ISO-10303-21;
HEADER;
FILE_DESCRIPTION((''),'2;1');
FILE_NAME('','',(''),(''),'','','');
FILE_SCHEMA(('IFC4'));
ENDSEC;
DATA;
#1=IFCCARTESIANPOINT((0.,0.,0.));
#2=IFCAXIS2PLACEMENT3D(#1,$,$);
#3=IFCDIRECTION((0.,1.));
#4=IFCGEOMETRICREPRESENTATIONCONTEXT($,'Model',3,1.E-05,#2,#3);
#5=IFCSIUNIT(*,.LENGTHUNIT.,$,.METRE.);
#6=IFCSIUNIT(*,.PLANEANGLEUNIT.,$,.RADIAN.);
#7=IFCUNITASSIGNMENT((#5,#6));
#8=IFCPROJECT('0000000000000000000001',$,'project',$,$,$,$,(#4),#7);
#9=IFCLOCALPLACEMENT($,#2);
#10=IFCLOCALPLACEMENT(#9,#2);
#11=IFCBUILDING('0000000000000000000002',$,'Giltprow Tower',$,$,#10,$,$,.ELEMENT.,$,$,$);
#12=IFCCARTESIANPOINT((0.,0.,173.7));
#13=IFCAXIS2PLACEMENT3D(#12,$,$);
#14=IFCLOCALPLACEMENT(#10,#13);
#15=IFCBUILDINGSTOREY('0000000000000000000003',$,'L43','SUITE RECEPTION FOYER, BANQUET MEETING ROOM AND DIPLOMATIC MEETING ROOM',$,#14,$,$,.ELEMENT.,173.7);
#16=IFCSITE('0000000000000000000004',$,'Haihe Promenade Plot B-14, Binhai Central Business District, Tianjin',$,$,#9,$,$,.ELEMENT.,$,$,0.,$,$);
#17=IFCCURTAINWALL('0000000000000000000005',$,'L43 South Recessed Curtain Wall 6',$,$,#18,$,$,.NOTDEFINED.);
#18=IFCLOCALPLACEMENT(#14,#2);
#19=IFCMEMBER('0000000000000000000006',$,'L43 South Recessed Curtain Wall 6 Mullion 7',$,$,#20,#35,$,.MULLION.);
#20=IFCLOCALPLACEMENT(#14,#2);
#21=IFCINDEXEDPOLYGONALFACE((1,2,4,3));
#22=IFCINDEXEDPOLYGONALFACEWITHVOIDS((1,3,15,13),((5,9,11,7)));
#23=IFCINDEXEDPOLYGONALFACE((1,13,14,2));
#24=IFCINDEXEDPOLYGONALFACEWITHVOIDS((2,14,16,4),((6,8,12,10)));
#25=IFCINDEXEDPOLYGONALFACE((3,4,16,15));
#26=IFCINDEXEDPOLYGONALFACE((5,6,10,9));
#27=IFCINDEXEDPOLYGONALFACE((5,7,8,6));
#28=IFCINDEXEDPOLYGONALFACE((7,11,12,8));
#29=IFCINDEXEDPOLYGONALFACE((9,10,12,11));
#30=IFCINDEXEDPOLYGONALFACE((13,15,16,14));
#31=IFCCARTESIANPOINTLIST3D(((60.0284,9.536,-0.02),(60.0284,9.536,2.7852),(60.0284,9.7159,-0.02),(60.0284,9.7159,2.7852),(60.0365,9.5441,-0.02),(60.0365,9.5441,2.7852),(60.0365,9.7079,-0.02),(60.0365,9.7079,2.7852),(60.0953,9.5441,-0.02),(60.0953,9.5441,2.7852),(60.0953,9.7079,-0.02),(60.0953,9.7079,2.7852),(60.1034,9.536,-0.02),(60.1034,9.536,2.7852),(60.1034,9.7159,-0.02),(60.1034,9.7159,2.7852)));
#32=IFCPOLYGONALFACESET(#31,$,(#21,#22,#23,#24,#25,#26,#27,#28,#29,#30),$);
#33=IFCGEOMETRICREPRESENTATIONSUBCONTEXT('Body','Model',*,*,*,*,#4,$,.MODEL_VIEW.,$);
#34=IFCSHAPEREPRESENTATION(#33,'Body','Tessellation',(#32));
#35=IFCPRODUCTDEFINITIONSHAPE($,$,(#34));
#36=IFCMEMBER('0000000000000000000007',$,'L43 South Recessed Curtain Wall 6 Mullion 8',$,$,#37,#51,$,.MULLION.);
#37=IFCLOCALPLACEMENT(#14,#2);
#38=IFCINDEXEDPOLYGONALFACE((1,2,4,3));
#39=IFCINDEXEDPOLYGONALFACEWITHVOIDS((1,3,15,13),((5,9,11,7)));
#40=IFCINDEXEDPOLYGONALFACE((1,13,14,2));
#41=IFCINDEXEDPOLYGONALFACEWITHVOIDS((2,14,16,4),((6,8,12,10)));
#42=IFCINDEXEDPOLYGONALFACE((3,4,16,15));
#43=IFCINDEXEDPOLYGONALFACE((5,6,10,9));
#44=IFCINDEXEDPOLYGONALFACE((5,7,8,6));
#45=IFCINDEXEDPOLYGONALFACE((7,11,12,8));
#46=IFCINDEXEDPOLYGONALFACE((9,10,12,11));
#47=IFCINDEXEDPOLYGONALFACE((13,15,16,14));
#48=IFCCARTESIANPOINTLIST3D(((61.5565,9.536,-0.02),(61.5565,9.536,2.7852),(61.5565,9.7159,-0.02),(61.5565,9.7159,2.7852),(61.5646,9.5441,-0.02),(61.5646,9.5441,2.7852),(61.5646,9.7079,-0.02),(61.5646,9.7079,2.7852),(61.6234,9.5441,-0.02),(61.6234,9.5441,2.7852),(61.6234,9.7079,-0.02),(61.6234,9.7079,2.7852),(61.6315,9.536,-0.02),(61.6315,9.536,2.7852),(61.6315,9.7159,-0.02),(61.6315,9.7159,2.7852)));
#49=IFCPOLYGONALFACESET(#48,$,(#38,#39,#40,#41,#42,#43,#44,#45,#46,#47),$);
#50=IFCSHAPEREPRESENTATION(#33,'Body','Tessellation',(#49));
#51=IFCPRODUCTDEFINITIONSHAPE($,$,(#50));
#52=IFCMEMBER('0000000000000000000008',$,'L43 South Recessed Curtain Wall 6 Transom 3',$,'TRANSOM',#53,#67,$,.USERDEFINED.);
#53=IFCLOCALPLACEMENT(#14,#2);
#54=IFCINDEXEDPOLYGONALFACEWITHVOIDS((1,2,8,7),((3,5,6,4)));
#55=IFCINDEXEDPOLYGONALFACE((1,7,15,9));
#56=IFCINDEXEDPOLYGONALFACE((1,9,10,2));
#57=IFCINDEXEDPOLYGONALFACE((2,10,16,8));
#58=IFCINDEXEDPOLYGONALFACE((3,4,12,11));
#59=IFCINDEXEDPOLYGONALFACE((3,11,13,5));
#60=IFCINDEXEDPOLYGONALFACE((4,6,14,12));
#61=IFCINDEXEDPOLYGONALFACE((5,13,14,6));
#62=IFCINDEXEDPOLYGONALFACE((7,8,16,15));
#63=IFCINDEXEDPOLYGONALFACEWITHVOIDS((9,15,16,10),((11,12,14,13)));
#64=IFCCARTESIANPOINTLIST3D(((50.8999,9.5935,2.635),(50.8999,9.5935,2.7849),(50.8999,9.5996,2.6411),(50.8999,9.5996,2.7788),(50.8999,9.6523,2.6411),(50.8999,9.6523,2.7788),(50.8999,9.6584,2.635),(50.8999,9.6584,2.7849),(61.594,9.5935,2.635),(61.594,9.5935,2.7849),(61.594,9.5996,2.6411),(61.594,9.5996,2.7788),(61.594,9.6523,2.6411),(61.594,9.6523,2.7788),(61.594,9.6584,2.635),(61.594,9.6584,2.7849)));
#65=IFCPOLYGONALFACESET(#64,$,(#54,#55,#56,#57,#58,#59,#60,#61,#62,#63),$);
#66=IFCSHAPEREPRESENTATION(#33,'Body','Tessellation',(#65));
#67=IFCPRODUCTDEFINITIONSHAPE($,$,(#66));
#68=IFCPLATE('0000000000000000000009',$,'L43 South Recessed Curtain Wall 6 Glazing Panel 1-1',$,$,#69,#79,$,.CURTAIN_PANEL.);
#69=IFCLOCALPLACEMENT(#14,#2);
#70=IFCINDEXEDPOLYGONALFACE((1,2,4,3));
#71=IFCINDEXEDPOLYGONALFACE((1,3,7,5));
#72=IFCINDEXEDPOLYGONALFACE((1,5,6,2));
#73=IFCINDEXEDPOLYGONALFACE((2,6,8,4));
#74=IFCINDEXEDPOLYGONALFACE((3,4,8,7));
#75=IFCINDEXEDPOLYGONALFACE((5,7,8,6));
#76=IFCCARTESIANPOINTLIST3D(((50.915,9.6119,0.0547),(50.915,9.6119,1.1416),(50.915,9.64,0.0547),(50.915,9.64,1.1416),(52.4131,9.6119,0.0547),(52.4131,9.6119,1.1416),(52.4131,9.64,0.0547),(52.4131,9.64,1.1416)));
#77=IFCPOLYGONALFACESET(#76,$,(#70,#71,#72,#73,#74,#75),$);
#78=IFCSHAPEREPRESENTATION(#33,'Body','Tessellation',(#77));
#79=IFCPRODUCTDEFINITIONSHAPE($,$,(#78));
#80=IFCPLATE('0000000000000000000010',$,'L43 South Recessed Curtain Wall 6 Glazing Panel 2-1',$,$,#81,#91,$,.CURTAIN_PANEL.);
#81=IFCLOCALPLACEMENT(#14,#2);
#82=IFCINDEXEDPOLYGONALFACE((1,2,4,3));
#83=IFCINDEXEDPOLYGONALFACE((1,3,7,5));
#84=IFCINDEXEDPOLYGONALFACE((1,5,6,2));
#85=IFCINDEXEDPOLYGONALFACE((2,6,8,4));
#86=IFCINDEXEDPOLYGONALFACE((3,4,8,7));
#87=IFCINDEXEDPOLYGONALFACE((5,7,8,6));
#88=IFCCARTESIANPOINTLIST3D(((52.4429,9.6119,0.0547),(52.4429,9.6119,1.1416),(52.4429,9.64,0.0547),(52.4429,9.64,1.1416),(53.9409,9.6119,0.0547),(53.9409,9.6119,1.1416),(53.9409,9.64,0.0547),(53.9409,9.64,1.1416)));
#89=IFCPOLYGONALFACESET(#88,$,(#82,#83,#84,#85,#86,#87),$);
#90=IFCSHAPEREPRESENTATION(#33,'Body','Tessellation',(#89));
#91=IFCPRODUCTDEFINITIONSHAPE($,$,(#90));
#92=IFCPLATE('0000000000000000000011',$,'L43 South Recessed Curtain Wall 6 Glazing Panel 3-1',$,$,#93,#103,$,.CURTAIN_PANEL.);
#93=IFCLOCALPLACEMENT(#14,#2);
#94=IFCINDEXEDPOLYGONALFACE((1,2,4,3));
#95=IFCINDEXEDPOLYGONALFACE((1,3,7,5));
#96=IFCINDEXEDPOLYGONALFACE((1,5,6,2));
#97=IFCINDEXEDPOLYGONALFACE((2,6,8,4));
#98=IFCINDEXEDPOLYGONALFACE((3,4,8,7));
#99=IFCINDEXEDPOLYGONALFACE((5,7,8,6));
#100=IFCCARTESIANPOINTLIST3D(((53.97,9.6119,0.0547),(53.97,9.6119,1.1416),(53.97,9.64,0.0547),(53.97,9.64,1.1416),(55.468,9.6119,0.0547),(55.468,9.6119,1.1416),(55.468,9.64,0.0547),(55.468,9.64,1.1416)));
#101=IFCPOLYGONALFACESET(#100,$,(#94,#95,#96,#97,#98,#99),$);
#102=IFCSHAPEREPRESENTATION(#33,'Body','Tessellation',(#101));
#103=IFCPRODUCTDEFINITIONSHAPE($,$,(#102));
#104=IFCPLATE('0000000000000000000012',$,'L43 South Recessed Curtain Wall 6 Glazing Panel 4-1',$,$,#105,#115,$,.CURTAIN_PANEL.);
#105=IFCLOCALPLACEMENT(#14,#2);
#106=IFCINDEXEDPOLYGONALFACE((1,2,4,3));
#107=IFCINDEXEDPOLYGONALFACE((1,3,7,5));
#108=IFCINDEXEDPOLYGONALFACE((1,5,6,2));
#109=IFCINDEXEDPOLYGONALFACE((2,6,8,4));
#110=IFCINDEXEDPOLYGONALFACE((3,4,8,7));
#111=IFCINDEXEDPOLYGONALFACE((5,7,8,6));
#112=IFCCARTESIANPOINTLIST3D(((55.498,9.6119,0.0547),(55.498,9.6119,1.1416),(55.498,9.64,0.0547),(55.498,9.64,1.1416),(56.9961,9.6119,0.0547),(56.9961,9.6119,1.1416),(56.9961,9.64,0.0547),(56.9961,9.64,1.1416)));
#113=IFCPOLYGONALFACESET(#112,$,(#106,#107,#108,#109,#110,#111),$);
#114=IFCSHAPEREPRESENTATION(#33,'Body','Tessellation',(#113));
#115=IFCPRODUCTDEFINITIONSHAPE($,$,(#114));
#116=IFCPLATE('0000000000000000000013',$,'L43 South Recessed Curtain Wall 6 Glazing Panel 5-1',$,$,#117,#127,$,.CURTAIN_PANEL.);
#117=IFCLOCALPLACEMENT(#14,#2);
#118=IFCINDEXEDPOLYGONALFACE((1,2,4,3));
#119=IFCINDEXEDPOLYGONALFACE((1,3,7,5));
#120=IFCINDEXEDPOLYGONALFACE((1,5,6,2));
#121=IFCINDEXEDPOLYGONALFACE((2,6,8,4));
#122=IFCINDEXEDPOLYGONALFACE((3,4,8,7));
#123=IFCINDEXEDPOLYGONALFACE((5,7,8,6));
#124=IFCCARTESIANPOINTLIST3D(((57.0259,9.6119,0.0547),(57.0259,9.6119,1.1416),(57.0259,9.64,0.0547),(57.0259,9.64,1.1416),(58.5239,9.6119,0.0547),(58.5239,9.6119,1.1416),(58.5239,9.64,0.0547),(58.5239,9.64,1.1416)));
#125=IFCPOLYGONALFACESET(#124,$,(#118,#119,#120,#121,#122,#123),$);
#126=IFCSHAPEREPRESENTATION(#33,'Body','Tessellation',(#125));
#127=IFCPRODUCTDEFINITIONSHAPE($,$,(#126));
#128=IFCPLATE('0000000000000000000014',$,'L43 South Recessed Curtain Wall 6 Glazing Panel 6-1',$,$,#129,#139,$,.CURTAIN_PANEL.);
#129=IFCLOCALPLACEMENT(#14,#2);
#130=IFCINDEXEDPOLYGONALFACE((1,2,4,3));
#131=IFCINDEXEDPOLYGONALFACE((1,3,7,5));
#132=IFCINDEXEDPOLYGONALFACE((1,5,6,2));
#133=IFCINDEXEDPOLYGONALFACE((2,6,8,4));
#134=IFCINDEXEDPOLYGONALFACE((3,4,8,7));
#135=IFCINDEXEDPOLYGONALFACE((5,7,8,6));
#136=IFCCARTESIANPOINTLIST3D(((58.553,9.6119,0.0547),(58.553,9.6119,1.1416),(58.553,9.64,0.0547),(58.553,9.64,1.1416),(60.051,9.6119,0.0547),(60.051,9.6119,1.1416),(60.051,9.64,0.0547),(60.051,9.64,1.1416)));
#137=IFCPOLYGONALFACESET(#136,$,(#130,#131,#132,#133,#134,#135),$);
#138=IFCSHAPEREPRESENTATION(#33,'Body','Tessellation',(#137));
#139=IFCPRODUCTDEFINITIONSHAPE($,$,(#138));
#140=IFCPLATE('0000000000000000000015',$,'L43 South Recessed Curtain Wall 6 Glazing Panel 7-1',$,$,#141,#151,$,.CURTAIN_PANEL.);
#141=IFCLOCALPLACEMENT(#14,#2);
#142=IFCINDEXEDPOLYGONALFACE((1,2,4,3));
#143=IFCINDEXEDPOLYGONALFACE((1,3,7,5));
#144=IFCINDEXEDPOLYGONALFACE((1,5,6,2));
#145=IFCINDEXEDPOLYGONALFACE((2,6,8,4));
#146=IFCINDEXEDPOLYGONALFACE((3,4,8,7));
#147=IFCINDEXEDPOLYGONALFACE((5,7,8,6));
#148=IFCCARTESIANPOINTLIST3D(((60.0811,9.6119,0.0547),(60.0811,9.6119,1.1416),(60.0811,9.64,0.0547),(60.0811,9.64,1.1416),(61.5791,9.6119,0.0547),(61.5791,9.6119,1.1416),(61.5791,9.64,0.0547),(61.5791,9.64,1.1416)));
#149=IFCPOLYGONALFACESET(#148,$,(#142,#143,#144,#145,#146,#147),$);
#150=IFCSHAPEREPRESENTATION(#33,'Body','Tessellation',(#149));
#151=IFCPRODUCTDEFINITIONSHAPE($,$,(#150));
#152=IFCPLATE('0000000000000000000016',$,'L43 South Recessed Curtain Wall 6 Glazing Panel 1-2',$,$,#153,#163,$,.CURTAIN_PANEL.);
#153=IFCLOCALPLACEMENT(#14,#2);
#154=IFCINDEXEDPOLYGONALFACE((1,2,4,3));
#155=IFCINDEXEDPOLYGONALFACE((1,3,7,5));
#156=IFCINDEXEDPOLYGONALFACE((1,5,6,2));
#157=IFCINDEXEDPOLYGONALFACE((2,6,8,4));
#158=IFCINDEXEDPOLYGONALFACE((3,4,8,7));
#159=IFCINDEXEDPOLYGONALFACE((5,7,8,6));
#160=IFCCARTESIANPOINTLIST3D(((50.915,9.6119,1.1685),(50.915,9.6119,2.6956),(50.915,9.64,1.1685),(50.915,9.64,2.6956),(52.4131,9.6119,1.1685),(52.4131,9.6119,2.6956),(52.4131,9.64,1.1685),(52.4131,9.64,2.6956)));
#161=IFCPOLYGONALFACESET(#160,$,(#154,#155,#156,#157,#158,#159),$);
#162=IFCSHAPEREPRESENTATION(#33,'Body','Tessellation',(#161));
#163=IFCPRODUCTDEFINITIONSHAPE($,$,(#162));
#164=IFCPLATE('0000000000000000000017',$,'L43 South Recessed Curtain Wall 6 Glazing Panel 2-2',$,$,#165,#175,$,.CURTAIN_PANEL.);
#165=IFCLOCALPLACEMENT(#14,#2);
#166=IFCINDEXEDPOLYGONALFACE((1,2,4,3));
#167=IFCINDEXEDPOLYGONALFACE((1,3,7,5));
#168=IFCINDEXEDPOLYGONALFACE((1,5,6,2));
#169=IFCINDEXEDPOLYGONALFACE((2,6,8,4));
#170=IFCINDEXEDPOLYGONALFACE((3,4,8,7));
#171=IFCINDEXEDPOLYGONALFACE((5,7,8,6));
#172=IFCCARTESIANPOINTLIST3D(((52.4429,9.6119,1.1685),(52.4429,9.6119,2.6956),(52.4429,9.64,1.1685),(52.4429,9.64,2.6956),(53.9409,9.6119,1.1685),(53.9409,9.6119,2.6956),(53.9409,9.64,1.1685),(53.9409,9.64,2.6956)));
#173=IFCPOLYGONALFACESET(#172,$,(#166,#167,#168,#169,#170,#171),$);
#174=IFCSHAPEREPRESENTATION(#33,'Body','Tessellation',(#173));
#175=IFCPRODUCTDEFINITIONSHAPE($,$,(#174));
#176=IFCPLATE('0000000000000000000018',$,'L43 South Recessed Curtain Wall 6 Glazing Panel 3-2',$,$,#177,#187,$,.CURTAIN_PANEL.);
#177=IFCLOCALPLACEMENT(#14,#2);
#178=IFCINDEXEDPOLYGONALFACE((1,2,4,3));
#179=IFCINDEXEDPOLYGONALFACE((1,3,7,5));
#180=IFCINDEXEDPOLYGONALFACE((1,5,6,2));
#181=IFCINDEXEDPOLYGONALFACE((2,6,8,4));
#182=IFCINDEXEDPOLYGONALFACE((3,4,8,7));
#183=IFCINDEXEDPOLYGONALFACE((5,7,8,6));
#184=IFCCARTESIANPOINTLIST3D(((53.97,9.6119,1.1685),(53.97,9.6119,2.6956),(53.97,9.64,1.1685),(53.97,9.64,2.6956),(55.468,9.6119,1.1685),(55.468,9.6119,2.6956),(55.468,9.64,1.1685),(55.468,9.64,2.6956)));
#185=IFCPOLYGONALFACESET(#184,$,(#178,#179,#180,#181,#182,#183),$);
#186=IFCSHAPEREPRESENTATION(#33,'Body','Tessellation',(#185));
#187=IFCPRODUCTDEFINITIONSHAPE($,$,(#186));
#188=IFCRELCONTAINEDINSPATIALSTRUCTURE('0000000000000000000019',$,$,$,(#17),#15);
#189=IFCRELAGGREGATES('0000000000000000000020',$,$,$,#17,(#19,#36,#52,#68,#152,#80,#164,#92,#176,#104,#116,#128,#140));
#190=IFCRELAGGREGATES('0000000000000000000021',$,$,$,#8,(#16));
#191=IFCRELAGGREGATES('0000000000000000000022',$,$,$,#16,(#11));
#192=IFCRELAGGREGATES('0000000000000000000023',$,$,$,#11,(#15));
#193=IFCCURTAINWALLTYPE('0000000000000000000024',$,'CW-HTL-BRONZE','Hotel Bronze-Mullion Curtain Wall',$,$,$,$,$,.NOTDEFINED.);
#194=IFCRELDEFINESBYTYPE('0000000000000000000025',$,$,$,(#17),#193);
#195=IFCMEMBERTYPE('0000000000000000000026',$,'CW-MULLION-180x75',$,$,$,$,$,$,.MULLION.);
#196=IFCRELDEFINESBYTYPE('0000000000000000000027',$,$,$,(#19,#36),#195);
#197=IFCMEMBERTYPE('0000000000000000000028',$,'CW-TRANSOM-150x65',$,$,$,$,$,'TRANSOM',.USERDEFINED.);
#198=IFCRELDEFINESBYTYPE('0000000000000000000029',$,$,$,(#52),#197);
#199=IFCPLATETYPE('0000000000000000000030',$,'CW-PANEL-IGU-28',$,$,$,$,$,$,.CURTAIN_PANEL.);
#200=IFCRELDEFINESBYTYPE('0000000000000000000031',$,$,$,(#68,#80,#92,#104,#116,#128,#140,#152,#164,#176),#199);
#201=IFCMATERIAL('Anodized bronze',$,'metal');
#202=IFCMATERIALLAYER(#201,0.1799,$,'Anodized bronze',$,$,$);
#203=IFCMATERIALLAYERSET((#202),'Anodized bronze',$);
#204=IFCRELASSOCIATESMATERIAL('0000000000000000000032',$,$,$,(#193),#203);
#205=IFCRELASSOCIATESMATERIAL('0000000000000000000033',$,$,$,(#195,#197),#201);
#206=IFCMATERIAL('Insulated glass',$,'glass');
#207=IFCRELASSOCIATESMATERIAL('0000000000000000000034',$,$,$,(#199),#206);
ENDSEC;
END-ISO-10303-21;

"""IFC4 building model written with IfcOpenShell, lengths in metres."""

from ifc_helpers import new_model, si_unit, direction, frame, origin, origin_2d, place, context, subcontext, project, spatial, rectangle, hollow_rectangle, extrude, source, transform, mapped, material, layer, layer_set, material_profile, profile_set, type_object, element, aggregate, save


model = new_model("IFC4")

# Units and contexts
model_context = context("Model", 3, precision=1e-05, world=origin(), true_north=direction((0.0, 1.0)))
body_context = subcontext(model_context, "Body", "Model", "MODEL_VIEW")
ifc_project = project(units=[si_unit("LENGTHUNIT", "METRE"), si_unit("PLANEANGLEUNIT", "RADIAN")], contexts=[model_context])

# Site, building, storey
site_placement = place(None, origin())
site = spatial("IfcSite", under=ifc_project, at=site_placement, Name="Haihe Promenade Plot B-14, Binhai Central Business District, Tianjin", CompositionType="ELEMENT", RefElevation=0.0)
building_placement = place(site_placement, origin())
building = spatial("IfcBuilding", under=site, at=building_placement, Name="Giltprow Tower", CompositionType="ELEMENT")
storey_placement = place(building_placement, frame((0.0, 0.0, 173.7)))
storey = spatial("IfcBuildingStorey", under=building, at=storey_placement, Name="L43", Description="SUITE RECEPTION FOYER, BANQUET MEETING ROOM AND DIPLOMATIC MEETING ROOM", CompositionType="ELEMENT", Elevation=173.7)

# Curtain wall, members, plates
ifc_material_1 = material(Name="Anodized bronze", Category="metal")
ifc_layer_1 = layer(ifc_material_1, 0.1799, Name="Anodized bronze")
ifc_layer_set_1 = layer_set([ifc_layer_1], Name="Anodized bronze")
curtain_wall_type = type_object("IfcCurtainWallType", Name="CW-HTL-BRONZE", Description="Hotel Bronze-Mullion Curtain Wall", PredefinedType="NOTDEFINED", material=ifc_layer_set_1)
curtain_wall_placement = place(storey_placement, origin())
curtain_wall = element("IfcCurtainWall", 1, at=curtain_wall_placement, inside=storey, type_object=curtain_wall_type, Name="L43 South Recessed Curtain Wall 6", PredefinedType="NOTDEFINED")
ifc_material_profile_1 = material_profile(ifc_material_1, hollow_rectangle(XDim=0.075, YDim=0.1799, WallThickness=0.0081, at=origin_2d()), Name="RHS 180x75x8")
ifc_profile_set_1 = profile_set([ifc_material_profile_1], Name="Anodized bronze")
member_type_1 = type_object("IfcMemberType", Name="CW-MULLION-180x75", PredefinedType="MULLION", material=ifc_profile_set_1)
shared_shape_1 = source(origin(), body_context, "Body", "SweptSolid", [
    extrude(hollow_rectangle(XDim=0.075, YDim=0.1799, WallThickness=0.0081, at=origin_2d()), origin(), (0.0, 0.0, 1.0), 2.8052),
])
member_1_placement = place(storey_placement, frame((60.0659, 9.626, -0.02), z_axis=(0.0, 0.0, 1.0), x_axis=(1.0, 0.0, 0.0)))
member_1 = element("IfcMember", 2, at=member_1_placement, type_object=member_type_1, Name="L43 South Recessed Curtain Wall 6 Mullion 7", PredefinedType="MULLION", context=body_context, shape_type="MappedRepresentation", body=[
    mapped(shared_shape_1, transform((0.0, 0.0, 0.0), x_axis=(1.0, 0.0, 0.0), y_axis=(0.0, 1.0, 0.0), z_axis=(0.0, 0.0, 1.0), scale=1.0)),
])
member_2_placement = place(storey_placement, frame((61.594, 9.626, -0.02), z_axis=(0.0, 0.0, 1.0), x_axis=(1.0, 0.0, 0.0)))
member_2 = element("IfcMember", 3, at=member_2_placement, type_object=member_type_1, Name="L43 South Recessed Curtain Wall 6 Mullion 8", PredefinedType="MULLION", context=body_context, shape_type="MappedRepresentation", body=[
    mapped(shared_shape_1, transform((0.0, 0.0, 0.0), x_axis=(1.0, 0.0, 0.0), y_axis=(0.0, 1.0, 0.0), z_axis=(0.0, 0.0, 1.0), scale=1.0)),
])
ifc_material_profile_2 = material_profile(ifc_material_1, hollow_rectangle(XDim=0.0649, YDim=0.1499, WallThickness=0.0061, at=origin_2d()), Name="RHS 150x65x6")
ifc_profile_set_2 = profile_set([ifc_material_profile_2], Name="Anodized bronze")
member_type_2 = type_object("IfcMemberType", Name="CW-TRANSOM-150x65", ElementType="TRANSOM", PredefinedType="USERDEFINED", material=ifc_profile_set_2)
shared_shape_2 = source(origin(), body_context, "Body", "SweptSolid", [
    extrude(hollow_rectangle(XDim=0.0649, YDim=0.1499, WallThickness=0.0061, at=origin_2d()), origin(), (0.0, 0.0, 1.0), 10.6941),
])
member_3_placement = place(storey_placement, frame((50.8999, 9.626, 2.71), z_axis=(1.0, 0.0, 0.0), x_axis=(0.0, 1.0, 0.0)))
member_3 = element("IfcMember", 4, at=member_3_placement, type_object=member_type_2, Name="L43 South Recessed Curtain Wall 6 Transom 3", ObjectType="TRANSOM", PredefinedType="USERDEFINED", context=body_context, shape_type="MappedRepresentation", body=[
    mapped(shared_shape_2, transform((0.0, 0.0, 0.0), x_axis=(1.0, 0.0, 0.0), y_axis=(0.0, 1.0, 0.0), z_axis=(0.0, 0.0, 1.0), scale=1.0)),
])
ifc_material_2 = material(Name="Insulated glass", Category="glass")
plate_type = type_object("IfcPlateType", Name="CW-PANEL-IGU-28", PredefinedType="CURTAIN_PANEL", material=ifc_material_2)
shared_shape_3 = source(origin(), body_context, "Body", "SweptSolid", [
    extrude(rectangle(XDim=1.498, YDim=0.0281, at=origin_2d()), origin(), (0.0, 0.0, 1.0), 1.0869),
])
plate_1_placement = place(storey_placement, frame((51.6641, 9.626, 0.0547), z_axis=(0.0, 0.0, 1.0), x_axis=(1.0, 0.0, 0.0)))
plate_1 = element("IfcPlate", 5, at=plate_1_placement, type_object=plate_type, Name="L43 South Recessed Curtain Wall 6 Glazing Panel 1-1", PredefinedType="CURTAIN_PANEL", context=body_context, shape_type="MappedRepresentation", body=[
    mapped(shared_shape_3, transform((0.0, 0.0, 0.0), x_axis=(1.0, 0.0, 0.0), y_axis=(0.0, 1.0, 0.0), z_axis=(0.0, 0.0, 1.0), scale=1.0)),
])
plate_2_placement = place(storey_placement, frame((53.1919, 9.626, 0.0547), z_axis=(0.0, 0.0, 1.0), x_axis=(1.0, 0.0, 0.0)))
plate_2 = element("IfcPlate", 6, at=plate_2_placement, type_object=plate_type, Name="L43 South Recessed Curtain Wall 6 Glazing Panel 2-1", PredefinedType="CURTAIN_PANEL", context=body_context, shape_type="MappedRepresentation", body=[
    mapped(shared_shape_3, transform((0.0, 0.0, 0.0), x_axis=(1.0, 0.0, 0.0), y_axis=(0.0, 1.0, 0.0), z_axis=(0.0, 0.0, 1.0), scale=1.0)),
])
plate_3_placement = place(storey_placement, frame((54.719, 9.626, 0.0547), z_axis=(0.0, 0.0, 1.0), x_axis=(1.0, 0.0, 0.0)))
plate_3 = element("IfcPlate", 7, at=plate_3_placement, type_object=plate_type, Name="L43 South Recessed Curtain Wall 6 Glazing Panel 3-1", PredefinedType="CURTAIN_PANEL", context=body_context, shape_type="MappedRepresentation", body=[
    mapped(shared_shape_3, transform((0.0, 0.0, 0.0), x_axis=(1.0, 0.0, 0.0), y_axis=(0.0, 1.0, 0.0), z_axis=(0.0, 0.0, 1.0), scale=1.0)),
])
plate_4_placement = place(storey_placement, frame((56.2471, 9.626, 0.0547), z_axis=(0.0, 0.0, 1.0), x_axis=(1.0, 0.0, 0.0)))
plate_4 = element("IfcPlate", 8, at=plate_4_placement, type_object=plate_type, Name="L43 South Recessed Curtain Wall 6 Glazing Panel 4-1", PredefinedType="CURTAIN_PANEL", context=body_context, shape_type="MappedRepresentation", body=[
    mapped(shared_shape_3, transform((0.0, 0.0, 0.0), x_axis=(1.0, 0.0, 0.0), y_axis=(0.0, 1.0, 0.0), z_axis=(0.0, 0.0, 1.0), scale=1.0)),
])
plate_5_placement = place(storey_placement, frame((57.7749, 9.626, 0.0547), z_axis=(0.0, 0.0, 1.0), x_axis=(1.0, 0.0, 0.0)))
plate_5 = element("IfcPlate", 9, at=plate_5_placement, type_object=plate_type, Name="L43 South Recessed Curtain Wall 6 Glazing Panel 5-1", PredefinedType="CURTAIN_PANEL", context=body_context, shape_type="MappedRepresentation", body=[
    mapped(shared_shape_3, transform((0.0, 0.0, 0.0), x_axis=(1.0, 0.0, 0.0), y_axis=(0.0, 1.0, 0.0), z_axis=(0.0, 0.0, 1.0), scale=1.0)),
])
plate_6_placement = place(storey_placement, frame((59.302, 9.626, 0.0547), z_axis=(0.0, 0.0, 1.0), x_axis=(1.0, 0.0, 0.0)))
plate_6 = element("IfcPlate", 10, at=plate_6_placement, type_object=plate_type, Name="L43 South Recessed Curtain Wall 6 Glazing Panel 6-1", PredefinedType="CURTAIN_PANEL", context=body_context, shape_type="MappedRepresentation", body=[
    mapped(shared_shape_3, transform((0.0, 0.0, 0.0), x_axis=(1.0, 0.0, 0.0), y_axis=(0.0, 1.0, 0.0), z_axis=(0.0, 0.0, 1.0), scale=1.0)),
])
plate_7_placement = place(storey_placement, frame((60.8301, 9.626, 0.0547), z_axis=(0.0, 0.0, 1.0), x_axis=(1.0, 0.0, 0.0)))
plate_7 = element("IfcPlate", 11, at=plate_7_placement, type_object=plate_type, Name="L43 South Recessed Curtain Wall 6 Glazing Panel 7-1", PredefinedType="CURTAIN_PANEL", context=body_context, shape_type="MappedRepresentation", body=[
    mapped(shared_shape_3, transform((0.0, 0.0, 0.0), x_axis=(1.0, 0.0, 0.0), y_axis=(0.0, 1.0, 0.0), z_axis=(0.0, 0.0, 1.0), scale=1.0)),
])
shared_shape_4 = source(origin(), body_context, "Body", "SweptSolid", [
    extrude(rectangle(XDim=1.498, YDim=0.0281, at=origin_2d()), origin(), (0.0, 0.0, 1.0), 1.5271),
])
plate_8_placement = place(storey_placement, frame((51.6641, 9.626, 1.1685), z_axis=(0.0, 0.0, 1.0), x_axis=(1.0, 0.0, 0.0)))
plate_8 = element("IfcPlate", 12, at=plate_8_placement, type_object=plate_type, Name="L43 South Recessed Curtain Wall 6 Glazing Panel 1-2", PredefinedType="CURTAIN_PANEL", context=body_context, shape_type="MappedRepresentation", body=[
    mapped(shared_shape_4, transform((0.0, 0.0, 0.0), x_axis=(1.0, 0.0, 0.0), y_axis=(0.0, 1.0, 0.0), z_axis=(0.0, 0.0, 1.0), scale=1.0)),
])
plate_9_placement = place(storey_placement, frame((53.1919, 9.626, 1.1685), z_axis=(0.0, 0.0, 1.0), x_axis=(1.0, 0.0, 0.0)))
plate_9 = element("IfcPlate", 13, at=plate_9_placement, type_object=plate_type, Name="L43 South Recessed Curtain Wall 6 Glazing Panel 2-2", PredefinedType="CURTAIN_PANEL", context=body_context, shape_type="MappedRepresentation", body=[
    mapped(shared_shape_4, transform((0.0, 0.0, 0.0), x_axis=(1.0, 0.0, 0.0), y_axis=(0.0, 1.0, 0.0), z_axis=(0.0, 0.0, 1.0), scale=1.0)),
])
plate_10_placement = place(storey_placement, frame((54.719, 9.626, 1.1685), z_axis=(0.0, 0.0, 1.0), x_axis=(1.0, 0.0, 0.0)))
plate_10 = element("IfcPlate", 14, at=plate_10_placement, type_object=plate_type, Name="L43 South Recessed Curtain Wall 6 Glazing Panel 3-2", PredefinedType="CURTAIN_PANEL", context=body_context, shape_type="MappedRepresentation", body=[
    mapped(shared_shape_4, transform((0.0, 0.0, 0.0), x_axis=(1.0, 0.0, 0.0), y_axis=(0.0, 1.0, 0.0), z_axis=(0.0, 0.0, 1.0), scale=1.0)),
])
aggregate(curtain_wall, [member_1, member_2, member_3, plate_1, plate_8, plate_2, plate_9, plate_3, plate_10, plate_4, plate_5, plate_6, plate_7])

save(model, "model.ifc")
